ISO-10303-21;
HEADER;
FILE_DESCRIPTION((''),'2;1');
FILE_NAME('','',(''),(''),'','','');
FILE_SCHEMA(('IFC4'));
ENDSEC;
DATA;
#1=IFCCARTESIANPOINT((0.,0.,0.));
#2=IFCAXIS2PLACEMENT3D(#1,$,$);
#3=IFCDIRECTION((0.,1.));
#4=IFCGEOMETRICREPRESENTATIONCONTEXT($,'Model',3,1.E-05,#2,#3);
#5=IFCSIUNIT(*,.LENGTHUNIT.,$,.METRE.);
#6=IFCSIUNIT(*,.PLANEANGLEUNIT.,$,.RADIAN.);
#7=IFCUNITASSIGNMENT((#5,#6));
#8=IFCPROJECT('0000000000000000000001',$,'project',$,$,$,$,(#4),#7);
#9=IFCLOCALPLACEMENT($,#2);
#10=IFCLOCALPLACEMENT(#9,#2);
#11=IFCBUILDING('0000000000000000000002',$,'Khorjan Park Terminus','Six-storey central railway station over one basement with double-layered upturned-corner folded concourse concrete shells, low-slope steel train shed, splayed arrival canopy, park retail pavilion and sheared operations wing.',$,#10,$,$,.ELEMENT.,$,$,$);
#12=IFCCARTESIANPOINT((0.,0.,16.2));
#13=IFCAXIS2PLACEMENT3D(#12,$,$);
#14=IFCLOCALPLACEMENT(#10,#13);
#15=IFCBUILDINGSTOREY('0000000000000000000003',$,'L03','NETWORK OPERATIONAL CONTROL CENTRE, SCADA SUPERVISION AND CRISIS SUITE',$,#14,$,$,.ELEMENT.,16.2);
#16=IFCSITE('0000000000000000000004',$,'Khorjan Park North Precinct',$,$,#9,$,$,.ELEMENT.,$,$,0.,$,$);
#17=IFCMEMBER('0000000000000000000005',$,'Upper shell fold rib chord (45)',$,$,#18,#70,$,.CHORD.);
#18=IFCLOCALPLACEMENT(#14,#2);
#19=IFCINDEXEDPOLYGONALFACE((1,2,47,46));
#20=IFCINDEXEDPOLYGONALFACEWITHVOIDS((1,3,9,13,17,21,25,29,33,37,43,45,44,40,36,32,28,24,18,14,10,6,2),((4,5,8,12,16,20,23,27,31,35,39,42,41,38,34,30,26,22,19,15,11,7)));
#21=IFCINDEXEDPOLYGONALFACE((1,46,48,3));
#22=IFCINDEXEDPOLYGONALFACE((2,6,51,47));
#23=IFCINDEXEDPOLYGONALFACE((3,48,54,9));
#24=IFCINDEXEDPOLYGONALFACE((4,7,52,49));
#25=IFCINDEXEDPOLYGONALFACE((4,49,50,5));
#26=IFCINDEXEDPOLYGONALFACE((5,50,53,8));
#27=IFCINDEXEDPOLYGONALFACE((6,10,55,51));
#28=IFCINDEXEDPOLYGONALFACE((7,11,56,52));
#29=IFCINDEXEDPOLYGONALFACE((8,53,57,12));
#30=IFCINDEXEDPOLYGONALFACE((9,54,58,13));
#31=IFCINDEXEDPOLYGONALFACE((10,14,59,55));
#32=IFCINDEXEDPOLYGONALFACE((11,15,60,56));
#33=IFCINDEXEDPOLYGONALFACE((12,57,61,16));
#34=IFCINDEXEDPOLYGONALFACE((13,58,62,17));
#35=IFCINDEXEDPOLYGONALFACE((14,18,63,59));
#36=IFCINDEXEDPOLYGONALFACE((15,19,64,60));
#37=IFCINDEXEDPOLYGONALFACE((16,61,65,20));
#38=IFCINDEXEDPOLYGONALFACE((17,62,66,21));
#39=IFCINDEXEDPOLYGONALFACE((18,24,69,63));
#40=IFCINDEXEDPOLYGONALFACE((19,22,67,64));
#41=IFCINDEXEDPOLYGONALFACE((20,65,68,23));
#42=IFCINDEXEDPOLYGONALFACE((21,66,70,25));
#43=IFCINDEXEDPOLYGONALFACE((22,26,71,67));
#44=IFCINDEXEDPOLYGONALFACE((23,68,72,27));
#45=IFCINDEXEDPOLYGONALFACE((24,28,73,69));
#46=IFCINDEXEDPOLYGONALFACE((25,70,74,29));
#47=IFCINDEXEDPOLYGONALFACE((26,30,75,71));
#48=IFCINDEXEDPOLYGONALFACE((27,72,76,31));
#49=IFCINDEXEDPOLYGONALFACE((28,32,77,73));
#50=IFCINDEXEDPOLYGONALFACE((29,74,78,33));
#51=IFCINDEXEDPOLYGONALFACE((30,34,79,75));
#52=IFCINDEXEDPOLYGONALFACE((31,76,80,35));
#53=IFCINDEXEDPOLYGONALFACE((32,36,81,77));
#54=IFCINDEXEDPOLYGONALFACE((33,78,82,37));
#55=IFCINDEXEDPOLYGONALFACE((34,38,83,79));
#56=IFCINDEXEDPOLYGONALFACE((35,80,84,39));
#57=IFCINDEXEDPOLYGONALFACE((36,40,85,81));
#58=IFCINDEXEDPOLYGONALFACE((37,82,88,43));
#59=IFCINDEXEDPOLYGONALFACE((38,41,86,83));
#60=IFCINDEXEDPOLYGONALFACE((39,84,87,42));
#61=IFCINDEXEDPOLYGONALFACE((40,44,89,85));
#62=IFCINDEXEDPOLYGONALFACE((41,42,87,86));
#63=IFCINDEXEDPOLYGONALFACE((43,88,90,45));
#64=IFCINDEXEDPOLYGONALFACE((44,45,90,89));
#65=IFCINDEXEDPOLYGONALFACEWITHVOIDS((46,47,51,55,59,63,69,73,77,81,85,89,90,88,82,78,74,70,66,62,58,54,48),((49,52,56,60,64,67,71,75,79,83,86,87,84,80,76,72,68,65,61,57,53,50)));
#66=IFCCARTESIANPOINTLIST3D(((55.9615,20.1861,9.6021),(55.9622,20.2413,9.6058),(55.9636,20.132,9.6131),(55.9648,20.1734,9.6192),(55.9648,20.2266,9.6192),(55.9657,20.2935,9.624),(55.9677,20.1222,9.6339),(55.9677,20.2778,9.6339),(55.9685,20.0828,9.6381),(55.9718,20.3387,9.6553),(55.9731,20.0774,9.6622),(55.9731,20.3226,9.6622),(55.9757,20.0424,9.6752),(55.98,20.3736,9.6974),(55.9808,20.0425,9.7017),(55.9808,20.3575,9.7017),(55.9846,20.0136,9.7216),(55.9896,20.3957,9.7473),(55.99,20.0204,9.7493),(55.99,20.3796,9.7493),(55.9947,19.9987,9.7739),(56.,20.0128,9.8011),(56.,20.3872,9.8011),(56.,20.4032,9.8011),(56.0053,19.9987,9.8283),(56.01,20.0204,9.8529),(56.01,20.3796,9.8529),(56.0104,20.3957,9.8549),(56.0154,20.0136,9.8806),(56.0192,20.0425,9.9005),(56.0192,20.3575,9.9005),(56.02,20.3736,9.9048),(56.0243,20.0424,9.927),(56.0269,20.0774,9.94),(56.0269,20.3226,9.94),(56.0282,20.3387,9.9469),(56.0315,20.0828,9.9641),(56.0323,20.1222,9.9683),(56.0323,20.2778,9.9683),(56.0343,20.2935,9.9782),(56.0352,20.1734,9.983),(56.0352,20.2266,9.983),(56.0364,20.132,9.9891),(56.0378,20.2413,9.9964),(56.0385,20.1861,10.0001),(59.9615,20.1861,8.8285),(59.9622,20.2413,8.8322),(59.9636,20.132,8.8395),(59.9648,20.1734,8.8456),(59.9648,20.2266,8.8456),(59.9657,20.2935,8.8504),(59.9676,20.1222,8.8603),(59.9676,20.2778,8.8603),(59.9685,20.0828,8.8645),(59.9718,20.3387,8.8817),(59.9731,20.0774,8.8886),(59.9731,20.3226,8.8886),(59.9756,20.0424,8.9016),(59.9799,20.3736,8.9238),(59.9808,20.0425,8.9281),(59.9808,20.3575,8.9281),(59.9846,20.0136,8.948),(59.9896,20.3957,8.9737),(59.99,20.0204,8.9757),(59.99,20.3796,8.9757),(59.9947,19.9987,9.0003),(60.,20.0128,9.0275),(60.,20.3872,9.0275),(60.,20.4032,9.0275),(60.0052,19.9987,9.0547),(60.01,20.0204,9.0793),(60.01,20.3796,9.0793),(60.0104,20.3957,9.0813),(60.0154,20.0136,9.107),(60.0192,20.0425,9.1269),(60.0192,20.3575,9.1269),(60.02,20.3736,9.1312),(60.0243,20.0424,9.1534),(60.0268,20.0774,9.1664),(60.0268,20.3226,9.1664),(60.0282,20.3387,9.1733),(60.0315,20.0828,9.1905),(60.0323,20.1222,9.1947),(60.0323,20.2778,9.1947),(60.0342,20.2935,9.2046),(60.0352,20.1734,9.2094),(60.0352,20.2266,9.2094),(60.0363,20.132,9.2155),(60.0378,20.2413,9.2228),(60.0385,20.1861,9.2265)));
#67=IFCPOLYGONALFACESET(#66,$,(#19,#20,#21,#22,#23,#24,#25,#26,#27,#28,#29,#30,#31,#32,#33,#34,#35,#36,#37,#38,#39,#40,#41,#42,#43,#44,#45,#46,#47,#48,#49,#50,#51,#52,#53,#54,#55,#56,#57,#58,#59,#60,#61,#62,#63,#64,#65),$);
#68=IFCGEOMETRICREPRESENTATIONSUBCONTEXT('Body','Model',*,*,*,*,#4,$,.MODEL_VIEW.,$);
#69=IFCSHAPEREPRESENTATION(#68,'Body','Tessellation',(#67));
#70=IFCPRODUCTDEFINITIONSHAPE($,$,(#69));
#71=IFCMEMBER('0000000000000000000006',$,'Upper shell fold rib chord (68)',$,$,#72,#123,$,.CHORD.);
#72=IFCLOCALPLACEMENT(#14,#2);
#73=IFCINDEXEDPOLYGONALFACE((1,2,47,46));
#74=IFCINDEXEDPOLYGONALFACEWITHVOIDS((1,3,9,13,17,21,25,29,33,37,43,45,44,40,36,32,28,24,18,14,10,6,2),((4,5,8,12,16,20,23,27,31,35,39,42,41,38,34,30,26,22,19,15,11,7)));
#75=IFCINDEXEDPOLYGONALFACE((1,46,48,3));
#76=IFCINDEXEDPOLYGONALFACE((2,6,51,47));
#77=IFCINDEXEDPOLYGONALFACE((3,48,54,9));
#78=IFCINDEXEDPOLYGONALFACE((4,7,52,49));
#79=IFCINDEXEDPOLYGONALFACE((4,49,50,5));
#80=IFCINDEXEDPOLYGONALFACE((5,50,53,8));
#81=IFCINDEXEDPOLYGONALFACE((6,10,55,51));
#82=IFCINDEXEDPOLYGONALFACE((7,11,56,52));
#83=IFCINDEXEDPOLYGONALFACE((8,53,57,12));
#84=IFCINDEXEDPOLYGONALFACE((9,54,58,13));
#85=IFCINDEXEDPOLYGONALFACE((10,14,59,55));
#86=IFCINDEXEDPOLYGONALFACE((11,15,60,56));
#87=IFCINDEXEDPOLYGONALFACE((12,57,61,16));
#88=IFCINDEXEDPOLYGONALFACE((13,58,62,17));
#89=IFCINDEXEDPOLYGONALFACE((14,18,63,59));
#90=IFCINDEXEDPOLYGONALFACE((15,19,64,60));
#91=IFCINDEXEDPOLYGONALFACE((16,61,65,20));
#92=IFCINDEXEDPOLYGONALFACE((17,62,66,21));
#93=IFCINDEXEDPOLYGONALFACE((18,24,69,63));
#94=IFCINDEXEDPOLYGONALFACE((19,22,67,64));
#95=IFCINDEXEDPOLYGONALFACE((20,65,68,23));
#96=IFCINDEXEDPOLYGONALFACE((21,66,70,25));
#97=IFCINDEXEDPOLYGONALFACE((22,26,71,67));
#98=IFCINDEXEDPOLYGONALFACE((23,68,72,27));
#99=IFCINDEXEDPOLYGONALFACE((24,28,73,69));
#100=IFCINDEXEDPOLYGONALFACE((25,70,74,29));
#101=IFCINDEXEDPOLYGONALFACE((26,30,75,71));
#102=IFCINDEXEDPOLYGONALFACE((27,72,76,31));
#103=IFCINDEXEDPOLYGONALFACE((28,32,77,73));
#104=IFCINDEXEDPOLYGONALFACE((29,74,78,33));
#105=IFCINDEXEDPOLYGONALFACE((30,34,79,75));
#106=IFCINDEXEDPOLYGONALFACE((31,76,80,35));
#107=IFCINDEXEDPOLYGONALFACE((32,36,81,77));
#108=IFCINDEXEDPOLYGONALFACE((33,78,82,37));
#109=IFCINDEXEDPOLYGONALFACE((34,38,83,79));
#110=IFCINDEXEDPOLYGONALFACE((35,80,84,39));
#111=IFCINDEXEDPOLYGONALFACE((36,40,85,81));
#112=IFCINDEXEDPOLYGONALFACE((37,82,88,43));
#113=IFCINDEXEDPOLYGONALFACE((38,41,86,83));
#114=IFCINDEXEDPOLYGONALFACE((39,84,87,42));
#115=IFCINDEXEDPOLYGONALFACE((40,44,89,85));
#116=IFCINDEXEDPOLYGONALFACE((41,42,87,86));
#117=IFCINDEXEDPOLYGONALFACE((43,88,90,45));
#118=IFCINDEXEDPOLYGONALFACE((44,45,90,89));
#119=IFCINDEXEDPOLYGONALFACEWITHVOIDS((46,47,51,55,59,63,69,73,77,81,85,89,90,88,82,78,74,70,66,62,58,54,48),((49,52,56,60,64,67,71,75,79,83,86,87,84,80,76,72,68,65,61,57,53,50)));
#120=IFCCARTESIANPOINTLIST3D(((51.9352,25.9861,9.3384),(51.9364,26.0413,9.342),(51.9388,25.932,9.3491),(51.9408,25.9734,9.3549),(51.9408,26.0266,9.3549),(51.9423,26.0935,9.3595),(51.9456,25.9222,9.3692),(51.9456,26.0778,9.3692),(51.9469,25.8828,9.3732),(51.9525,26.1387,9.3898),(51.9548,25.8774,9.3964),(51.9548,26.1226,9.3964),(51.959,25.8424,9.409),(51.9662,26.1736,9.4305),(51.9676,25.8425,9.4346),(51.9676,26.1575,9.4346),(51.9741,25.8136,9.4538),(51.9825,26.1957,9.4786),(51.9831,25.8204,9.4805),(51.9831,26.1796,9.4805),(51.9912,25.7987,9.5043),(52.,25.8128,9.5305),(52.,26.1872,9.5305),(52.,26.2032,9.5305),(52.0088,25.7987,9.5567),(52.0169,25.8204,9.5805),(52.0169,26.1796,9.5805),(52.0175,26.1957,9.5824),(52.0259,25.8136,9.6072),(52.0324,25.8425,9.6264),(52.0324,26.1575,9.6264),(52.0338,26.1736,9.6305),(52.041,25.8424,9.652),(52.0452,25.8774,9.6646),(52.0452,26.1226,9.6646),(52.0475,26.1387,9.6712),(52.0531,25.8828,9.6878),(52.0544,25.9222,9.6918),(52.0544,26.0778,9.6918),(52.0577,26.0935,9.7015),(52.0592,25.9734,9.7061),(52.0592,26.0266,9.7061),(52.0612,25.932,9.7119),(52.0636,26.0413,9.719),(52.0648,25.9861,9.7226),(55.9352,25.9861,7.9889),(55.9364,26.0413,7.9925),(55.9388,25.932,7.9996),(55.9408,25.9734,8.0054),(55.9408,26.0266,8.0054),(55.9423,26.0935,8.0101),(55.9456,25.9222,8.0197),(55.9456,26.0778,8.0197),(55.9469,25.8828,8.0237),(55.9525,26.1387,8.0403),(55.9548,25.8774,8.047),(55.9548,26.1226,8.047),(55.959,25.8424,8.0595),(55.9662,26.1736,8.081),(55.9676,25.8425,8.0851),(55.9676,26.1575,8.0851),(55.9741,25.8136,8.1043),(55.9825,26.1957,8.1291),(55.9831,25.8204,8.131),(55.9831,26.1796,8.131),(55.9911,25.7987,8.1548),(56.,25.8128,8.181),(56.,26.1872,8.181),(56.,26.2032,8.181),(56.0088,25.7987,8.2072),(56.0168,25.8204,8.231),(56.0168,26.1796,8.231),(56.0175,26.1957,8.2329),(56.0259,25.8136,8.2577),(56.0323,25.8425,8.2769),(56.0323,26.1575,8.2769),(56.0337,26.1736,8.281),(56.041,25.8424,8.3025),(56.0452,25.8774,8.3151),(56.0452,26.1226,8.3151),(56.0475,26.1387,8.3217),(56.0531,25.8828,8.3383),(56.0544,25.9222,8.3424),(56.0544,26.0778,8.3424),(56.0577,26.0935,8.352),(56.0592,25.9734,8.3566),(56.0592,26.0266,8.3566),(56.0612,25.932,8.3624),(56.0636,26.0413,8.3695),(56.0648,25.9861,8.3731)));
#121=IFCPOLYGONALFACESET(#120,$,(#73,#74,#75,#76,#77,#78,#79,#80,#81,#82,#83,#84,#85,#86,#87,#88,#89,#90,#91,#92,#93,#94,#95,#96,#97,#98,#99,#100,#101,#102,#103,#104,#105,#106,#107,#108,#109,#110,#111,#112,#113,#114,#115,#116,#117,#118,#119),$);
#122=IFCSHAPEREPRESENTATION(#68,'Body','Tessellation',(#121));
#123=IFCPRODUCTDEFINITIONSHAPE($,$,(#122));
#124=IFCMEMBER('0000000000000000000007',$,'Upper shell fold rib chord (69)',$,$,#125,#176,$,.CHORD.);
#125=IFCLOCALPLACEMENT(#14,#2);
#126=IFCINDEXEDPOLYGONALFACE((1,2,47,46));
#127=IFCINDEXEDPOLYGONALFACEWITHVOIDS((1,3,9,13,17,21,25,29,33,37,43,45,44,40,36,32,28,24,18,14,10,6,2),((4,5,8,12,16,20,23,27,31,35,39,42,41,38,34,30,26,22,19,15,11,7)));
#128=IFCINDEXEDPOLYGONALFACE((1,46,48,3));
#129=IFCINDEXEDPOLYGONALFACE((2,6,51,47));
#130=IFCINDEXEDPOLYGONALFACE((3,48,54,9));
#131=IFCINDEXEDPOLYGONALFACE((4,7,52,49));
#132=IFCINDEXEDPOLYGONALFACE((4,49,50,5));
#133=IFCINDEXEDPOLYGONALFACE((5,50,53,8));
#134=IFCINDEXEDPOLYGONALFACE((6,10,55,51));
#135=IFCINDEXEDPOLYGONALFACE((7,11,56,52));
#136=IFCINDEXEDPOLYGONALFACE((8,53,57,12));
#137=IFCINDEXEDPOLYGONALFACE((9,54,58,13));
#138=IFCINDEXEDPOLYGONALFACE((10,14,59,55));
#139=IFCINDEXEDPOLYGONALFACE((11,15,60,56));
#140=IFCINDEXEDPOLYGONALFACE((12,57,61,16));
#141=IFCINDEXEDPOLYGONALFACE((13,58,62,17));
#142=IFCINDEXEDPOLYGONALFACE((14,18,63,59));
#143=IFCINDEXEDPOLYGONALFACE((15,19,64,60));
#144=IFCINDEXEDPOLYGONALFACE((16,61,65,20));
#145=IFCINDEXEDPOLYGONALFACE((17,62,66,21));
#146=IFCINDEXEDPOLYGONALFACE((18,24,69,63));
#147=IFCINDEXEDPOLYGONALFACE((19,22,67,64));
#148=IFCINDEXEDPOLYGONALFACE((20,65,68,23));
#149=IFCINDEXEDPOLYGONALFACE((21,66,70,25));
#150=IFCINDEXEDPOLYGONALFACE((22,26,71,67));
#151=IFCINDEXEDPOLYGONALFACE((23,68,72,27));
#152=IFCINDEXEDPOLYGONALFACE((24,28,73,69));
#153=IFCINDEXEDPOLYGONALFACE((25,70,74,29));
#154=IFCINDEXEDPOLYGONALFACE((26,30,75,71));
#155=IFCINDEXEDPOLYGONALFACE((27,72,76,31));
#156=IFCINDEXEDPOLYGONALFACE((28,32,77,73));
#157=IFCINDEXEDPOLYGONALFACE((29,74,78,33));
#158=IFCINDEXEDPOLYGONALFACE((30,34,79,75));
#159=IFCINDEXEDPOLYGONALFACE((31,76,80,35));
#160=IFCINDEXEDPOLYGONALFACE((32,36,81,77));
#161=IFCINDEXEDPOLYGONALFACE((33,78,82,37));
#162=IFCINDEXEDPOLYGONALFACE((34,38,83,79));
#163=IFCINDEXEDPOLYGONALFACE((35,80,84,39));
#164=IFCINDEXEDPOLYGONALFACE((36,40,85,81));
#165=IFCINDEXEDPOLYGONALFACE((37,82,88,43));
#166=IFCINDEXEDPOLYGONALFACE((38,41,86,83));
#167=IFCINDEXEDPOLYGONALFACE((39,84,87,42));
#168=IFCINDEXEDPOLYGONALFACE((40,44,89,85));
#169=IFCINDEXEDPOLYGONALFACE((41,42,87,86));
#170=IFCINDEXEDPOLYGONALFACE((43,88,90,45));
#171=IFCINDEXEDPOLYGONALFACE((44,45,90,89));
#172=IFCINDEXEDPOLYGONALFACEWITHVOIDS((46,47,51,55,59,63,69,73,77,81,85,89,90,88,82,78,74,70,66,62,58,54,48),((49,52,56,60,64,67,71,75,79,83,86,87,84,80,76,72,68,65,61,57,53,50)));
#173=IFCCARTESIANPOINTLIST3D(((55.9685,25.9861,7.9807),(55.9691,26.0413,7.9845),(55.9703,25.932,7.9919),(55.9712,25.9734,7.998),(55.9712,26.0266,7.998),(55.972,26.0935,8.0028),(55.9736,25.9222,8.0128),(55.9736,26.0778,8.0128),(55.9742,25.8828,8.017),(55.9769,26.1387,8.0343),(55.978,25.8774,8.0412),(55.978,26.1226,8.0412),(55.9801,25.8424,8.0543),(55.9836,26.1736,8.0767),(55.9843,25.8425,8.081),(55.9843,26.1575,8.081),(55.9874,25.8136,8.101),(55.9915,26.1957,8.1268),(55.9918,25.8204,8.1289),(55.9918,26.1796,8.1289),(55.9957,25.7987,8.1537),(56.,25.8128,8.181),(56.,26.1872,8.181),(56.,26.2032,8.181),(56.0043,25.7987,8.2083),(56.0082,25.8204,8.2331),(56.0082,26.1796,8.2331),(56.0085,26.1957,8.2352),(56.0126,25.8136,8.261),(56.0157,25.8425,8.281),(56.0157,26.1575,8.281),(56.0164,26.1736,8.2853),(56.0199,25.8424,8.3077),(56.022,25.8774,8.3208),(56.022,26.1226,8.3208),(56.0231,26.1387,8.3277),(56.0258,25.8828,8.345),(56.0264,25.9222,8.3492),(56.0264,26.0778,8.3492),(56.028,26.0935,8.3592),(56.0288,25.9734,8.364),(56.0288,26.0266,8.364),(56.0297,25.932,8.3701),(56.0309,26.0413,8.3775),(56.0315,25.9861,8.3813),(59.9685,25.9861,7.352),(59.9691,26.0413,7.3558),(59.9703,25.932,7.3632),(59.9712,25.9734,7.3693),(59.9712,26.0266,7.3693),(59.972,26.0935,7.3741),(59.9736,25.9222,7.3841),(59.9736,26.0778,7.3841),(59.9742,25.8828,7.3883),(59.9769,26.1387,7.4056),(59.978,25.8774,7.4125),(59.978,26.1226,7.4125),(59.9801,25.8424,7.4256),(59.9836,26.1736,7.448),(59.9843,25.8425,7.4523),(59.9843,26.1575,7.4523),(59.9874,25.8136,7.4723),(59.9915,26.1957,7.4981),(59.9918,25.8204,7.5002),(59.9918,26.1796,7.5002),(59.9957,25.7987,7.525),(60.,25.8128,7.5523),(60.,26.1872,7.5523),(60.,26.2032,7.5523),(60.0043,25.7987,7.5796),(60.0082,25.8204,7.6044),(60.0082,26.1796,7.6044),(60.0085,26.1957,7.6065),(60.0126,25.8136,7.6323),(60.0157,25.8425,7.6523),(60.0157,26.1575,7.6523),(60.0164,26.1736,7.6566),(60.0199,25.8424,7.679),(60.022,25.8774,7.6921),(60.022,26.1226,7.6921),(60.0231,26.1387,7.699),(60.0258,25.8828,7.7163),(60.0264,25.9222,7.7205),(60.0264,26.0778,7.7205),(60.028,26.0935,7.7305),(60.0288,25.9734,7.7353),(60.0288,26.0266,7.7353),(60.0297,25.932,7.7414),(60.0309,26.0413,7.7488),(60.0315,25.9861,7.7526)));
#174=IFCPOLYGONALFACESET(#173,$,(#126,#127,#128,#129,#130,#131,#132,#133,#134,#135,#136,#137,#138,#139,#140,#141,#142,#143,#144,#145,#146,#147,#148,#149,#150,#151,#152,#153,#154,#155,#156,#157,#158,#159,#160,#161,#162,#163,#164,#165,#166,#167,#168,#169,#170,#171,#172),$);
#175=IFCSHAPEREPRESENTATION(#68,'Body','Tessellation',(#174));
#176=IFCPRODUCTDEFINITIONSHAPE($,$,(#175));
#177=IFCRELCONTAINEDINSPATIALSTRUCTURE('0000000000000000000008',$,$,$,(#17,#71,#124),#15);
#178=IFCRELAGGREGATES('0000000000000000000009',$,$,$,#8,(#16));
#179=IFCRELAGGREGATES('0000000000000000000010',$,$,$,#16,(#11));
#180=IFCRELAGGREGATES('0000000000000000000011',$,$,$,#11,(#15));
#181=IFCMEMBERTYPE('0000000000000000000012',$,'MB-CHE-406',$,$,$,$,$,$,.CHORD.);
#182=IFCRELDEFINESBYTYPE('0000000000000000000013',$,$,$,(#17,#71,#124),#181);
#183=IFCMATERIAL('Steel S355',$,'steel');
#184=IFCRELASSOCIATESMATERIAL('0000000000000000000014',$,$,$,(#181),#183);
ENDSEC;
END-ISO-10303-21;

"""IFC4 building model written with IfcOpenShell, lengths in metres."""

from ifc_helpers import new_model, si_unit, direction, frame, origin, origin_2d, place, context, subcontext, project, spatial, hollow_circle, extrude, material, material_profile, profile_set, type_object, element, save


model = new_model("IFC4")

# Units and contexts
model_context = context("Model", 3, precision=1e-05, world=origin(), true_north=direction((0.0, 1.0)))
body_context = subcontext(model_context, "Body", "Model", "MODEL_VIEW")
ifc_project = project(units=[si_unit("LENGTHUNIT", "METRE"), si_unit("PLANEANGLEUNIT", "RADIAN")], contexts=[model_context])

# Site, building, storey
site_placement = place(None, origin())
site = spatial("IfcSite", under=ifc_project, at=site_placement, Name="Khorjan Park North Precinct", CompositionType="ELEMENT", RefElevation=0.0)
building_placement = place(site_placement, origin())
building = spatial("IfcBuilding", under=site, at=building_placement, Name="Khorjan Park Terminus", Description="Six-storey central railway station over one basement with double-layered upturned-corner folded concourse concrete shells, low-slope steel train shed, splayed arrival canopy, park retail pavilion and sheared operations wing.", CompositionType="ELEMENT")
storey_placement = place(building_placement, frame((0.0, 0.0, 16.2)))
storey = spatial("IfcBuildingStorey", under=building, at=storey_placement, Name="L03", Description="NETWORK OPERATIONAL CONTROL CENTRE, SCADA SUPERVISION AND CRISIS SUITE", CompositionType="ELEMENT", Elevation=16.2)

# Members
ifc_material_1 = material(Name="Steel S355", Category="steel")
ifc_material_profile_1 = material_profile(ifc_material_1, hollow_circle(Radius=0.2032, WallThickness=0.016, at=origin_2d()), Name="CHS 406.4x16")
ifc_profile_set_1 = profile_set([ifc_material_profile_1], Name="Steel S355")
member_type_1 = type_object("IfcMemberType", Name="MB-CHE-406", PredefinedType="CHORD", material=ifc_profile_set_1)
member_1_placement = place(storey_placement, frame((56.0, 20.2, 9.8011), z_axis=(0.981807, 0.0, -0.189881), x_axis=(0.0, 1.0, 0.0)))
element("IfcMember", 1, at=member_1_placement, inside=storey, type_object=member_type_1, Name="Upper shell fold rib chord (45)", PredefinedType="CHORD", context=body_context, shape_type="SweptSolid", body=[
    extrude(hollow_circle(Radius=0.2032, WallThickness=0.016, at=origin_2d()), origin(), (0.0, 0.0, 1.0), 4.0741),
])
member_2_placement = place(storey_placement, frame((52.0, 26.0, 9.5305), z_axis=(0.947528, 0.0, -0.319672), x_axis=(0.0, 1.0, 0.0)))
element("IfcMember", 2, at=member_2_placement, inside=storey, type_object=member_type_1, Name="Upper shell fold rib chord (68)", PredefinedType="CHORD", context=body_context, shape_type="SweptSolid", body=[
    extrude(hollow_circle(Radius=0.2032, WallThickness=0.016, at=origin_2d()), origin(), (0.0, 0.0, 1.0), 4.2215),
])
member_3_placement = place(storey_placement, frame((56.0, 26.0, 8.181), z_axis=(0.987872, 0.0, -0.155269), x_axis=(0.0, 1.0, 0.0)))
element("IfcMember", 3, at=member_3_placement, inside=storey, type_object=member_type_1, Name="Upper shell fold rib chord (69)", PredefinedType="CHORD", context=body_context, shape_type="SweptSolid", body=[
    extrude(hollow_circle(Radius=0.2032, WallThickness=0.016, at=origin_2d()), origin(), (0.0, 0.0, 1.0), 4.0491),
])

save(model, "model.ifc")
